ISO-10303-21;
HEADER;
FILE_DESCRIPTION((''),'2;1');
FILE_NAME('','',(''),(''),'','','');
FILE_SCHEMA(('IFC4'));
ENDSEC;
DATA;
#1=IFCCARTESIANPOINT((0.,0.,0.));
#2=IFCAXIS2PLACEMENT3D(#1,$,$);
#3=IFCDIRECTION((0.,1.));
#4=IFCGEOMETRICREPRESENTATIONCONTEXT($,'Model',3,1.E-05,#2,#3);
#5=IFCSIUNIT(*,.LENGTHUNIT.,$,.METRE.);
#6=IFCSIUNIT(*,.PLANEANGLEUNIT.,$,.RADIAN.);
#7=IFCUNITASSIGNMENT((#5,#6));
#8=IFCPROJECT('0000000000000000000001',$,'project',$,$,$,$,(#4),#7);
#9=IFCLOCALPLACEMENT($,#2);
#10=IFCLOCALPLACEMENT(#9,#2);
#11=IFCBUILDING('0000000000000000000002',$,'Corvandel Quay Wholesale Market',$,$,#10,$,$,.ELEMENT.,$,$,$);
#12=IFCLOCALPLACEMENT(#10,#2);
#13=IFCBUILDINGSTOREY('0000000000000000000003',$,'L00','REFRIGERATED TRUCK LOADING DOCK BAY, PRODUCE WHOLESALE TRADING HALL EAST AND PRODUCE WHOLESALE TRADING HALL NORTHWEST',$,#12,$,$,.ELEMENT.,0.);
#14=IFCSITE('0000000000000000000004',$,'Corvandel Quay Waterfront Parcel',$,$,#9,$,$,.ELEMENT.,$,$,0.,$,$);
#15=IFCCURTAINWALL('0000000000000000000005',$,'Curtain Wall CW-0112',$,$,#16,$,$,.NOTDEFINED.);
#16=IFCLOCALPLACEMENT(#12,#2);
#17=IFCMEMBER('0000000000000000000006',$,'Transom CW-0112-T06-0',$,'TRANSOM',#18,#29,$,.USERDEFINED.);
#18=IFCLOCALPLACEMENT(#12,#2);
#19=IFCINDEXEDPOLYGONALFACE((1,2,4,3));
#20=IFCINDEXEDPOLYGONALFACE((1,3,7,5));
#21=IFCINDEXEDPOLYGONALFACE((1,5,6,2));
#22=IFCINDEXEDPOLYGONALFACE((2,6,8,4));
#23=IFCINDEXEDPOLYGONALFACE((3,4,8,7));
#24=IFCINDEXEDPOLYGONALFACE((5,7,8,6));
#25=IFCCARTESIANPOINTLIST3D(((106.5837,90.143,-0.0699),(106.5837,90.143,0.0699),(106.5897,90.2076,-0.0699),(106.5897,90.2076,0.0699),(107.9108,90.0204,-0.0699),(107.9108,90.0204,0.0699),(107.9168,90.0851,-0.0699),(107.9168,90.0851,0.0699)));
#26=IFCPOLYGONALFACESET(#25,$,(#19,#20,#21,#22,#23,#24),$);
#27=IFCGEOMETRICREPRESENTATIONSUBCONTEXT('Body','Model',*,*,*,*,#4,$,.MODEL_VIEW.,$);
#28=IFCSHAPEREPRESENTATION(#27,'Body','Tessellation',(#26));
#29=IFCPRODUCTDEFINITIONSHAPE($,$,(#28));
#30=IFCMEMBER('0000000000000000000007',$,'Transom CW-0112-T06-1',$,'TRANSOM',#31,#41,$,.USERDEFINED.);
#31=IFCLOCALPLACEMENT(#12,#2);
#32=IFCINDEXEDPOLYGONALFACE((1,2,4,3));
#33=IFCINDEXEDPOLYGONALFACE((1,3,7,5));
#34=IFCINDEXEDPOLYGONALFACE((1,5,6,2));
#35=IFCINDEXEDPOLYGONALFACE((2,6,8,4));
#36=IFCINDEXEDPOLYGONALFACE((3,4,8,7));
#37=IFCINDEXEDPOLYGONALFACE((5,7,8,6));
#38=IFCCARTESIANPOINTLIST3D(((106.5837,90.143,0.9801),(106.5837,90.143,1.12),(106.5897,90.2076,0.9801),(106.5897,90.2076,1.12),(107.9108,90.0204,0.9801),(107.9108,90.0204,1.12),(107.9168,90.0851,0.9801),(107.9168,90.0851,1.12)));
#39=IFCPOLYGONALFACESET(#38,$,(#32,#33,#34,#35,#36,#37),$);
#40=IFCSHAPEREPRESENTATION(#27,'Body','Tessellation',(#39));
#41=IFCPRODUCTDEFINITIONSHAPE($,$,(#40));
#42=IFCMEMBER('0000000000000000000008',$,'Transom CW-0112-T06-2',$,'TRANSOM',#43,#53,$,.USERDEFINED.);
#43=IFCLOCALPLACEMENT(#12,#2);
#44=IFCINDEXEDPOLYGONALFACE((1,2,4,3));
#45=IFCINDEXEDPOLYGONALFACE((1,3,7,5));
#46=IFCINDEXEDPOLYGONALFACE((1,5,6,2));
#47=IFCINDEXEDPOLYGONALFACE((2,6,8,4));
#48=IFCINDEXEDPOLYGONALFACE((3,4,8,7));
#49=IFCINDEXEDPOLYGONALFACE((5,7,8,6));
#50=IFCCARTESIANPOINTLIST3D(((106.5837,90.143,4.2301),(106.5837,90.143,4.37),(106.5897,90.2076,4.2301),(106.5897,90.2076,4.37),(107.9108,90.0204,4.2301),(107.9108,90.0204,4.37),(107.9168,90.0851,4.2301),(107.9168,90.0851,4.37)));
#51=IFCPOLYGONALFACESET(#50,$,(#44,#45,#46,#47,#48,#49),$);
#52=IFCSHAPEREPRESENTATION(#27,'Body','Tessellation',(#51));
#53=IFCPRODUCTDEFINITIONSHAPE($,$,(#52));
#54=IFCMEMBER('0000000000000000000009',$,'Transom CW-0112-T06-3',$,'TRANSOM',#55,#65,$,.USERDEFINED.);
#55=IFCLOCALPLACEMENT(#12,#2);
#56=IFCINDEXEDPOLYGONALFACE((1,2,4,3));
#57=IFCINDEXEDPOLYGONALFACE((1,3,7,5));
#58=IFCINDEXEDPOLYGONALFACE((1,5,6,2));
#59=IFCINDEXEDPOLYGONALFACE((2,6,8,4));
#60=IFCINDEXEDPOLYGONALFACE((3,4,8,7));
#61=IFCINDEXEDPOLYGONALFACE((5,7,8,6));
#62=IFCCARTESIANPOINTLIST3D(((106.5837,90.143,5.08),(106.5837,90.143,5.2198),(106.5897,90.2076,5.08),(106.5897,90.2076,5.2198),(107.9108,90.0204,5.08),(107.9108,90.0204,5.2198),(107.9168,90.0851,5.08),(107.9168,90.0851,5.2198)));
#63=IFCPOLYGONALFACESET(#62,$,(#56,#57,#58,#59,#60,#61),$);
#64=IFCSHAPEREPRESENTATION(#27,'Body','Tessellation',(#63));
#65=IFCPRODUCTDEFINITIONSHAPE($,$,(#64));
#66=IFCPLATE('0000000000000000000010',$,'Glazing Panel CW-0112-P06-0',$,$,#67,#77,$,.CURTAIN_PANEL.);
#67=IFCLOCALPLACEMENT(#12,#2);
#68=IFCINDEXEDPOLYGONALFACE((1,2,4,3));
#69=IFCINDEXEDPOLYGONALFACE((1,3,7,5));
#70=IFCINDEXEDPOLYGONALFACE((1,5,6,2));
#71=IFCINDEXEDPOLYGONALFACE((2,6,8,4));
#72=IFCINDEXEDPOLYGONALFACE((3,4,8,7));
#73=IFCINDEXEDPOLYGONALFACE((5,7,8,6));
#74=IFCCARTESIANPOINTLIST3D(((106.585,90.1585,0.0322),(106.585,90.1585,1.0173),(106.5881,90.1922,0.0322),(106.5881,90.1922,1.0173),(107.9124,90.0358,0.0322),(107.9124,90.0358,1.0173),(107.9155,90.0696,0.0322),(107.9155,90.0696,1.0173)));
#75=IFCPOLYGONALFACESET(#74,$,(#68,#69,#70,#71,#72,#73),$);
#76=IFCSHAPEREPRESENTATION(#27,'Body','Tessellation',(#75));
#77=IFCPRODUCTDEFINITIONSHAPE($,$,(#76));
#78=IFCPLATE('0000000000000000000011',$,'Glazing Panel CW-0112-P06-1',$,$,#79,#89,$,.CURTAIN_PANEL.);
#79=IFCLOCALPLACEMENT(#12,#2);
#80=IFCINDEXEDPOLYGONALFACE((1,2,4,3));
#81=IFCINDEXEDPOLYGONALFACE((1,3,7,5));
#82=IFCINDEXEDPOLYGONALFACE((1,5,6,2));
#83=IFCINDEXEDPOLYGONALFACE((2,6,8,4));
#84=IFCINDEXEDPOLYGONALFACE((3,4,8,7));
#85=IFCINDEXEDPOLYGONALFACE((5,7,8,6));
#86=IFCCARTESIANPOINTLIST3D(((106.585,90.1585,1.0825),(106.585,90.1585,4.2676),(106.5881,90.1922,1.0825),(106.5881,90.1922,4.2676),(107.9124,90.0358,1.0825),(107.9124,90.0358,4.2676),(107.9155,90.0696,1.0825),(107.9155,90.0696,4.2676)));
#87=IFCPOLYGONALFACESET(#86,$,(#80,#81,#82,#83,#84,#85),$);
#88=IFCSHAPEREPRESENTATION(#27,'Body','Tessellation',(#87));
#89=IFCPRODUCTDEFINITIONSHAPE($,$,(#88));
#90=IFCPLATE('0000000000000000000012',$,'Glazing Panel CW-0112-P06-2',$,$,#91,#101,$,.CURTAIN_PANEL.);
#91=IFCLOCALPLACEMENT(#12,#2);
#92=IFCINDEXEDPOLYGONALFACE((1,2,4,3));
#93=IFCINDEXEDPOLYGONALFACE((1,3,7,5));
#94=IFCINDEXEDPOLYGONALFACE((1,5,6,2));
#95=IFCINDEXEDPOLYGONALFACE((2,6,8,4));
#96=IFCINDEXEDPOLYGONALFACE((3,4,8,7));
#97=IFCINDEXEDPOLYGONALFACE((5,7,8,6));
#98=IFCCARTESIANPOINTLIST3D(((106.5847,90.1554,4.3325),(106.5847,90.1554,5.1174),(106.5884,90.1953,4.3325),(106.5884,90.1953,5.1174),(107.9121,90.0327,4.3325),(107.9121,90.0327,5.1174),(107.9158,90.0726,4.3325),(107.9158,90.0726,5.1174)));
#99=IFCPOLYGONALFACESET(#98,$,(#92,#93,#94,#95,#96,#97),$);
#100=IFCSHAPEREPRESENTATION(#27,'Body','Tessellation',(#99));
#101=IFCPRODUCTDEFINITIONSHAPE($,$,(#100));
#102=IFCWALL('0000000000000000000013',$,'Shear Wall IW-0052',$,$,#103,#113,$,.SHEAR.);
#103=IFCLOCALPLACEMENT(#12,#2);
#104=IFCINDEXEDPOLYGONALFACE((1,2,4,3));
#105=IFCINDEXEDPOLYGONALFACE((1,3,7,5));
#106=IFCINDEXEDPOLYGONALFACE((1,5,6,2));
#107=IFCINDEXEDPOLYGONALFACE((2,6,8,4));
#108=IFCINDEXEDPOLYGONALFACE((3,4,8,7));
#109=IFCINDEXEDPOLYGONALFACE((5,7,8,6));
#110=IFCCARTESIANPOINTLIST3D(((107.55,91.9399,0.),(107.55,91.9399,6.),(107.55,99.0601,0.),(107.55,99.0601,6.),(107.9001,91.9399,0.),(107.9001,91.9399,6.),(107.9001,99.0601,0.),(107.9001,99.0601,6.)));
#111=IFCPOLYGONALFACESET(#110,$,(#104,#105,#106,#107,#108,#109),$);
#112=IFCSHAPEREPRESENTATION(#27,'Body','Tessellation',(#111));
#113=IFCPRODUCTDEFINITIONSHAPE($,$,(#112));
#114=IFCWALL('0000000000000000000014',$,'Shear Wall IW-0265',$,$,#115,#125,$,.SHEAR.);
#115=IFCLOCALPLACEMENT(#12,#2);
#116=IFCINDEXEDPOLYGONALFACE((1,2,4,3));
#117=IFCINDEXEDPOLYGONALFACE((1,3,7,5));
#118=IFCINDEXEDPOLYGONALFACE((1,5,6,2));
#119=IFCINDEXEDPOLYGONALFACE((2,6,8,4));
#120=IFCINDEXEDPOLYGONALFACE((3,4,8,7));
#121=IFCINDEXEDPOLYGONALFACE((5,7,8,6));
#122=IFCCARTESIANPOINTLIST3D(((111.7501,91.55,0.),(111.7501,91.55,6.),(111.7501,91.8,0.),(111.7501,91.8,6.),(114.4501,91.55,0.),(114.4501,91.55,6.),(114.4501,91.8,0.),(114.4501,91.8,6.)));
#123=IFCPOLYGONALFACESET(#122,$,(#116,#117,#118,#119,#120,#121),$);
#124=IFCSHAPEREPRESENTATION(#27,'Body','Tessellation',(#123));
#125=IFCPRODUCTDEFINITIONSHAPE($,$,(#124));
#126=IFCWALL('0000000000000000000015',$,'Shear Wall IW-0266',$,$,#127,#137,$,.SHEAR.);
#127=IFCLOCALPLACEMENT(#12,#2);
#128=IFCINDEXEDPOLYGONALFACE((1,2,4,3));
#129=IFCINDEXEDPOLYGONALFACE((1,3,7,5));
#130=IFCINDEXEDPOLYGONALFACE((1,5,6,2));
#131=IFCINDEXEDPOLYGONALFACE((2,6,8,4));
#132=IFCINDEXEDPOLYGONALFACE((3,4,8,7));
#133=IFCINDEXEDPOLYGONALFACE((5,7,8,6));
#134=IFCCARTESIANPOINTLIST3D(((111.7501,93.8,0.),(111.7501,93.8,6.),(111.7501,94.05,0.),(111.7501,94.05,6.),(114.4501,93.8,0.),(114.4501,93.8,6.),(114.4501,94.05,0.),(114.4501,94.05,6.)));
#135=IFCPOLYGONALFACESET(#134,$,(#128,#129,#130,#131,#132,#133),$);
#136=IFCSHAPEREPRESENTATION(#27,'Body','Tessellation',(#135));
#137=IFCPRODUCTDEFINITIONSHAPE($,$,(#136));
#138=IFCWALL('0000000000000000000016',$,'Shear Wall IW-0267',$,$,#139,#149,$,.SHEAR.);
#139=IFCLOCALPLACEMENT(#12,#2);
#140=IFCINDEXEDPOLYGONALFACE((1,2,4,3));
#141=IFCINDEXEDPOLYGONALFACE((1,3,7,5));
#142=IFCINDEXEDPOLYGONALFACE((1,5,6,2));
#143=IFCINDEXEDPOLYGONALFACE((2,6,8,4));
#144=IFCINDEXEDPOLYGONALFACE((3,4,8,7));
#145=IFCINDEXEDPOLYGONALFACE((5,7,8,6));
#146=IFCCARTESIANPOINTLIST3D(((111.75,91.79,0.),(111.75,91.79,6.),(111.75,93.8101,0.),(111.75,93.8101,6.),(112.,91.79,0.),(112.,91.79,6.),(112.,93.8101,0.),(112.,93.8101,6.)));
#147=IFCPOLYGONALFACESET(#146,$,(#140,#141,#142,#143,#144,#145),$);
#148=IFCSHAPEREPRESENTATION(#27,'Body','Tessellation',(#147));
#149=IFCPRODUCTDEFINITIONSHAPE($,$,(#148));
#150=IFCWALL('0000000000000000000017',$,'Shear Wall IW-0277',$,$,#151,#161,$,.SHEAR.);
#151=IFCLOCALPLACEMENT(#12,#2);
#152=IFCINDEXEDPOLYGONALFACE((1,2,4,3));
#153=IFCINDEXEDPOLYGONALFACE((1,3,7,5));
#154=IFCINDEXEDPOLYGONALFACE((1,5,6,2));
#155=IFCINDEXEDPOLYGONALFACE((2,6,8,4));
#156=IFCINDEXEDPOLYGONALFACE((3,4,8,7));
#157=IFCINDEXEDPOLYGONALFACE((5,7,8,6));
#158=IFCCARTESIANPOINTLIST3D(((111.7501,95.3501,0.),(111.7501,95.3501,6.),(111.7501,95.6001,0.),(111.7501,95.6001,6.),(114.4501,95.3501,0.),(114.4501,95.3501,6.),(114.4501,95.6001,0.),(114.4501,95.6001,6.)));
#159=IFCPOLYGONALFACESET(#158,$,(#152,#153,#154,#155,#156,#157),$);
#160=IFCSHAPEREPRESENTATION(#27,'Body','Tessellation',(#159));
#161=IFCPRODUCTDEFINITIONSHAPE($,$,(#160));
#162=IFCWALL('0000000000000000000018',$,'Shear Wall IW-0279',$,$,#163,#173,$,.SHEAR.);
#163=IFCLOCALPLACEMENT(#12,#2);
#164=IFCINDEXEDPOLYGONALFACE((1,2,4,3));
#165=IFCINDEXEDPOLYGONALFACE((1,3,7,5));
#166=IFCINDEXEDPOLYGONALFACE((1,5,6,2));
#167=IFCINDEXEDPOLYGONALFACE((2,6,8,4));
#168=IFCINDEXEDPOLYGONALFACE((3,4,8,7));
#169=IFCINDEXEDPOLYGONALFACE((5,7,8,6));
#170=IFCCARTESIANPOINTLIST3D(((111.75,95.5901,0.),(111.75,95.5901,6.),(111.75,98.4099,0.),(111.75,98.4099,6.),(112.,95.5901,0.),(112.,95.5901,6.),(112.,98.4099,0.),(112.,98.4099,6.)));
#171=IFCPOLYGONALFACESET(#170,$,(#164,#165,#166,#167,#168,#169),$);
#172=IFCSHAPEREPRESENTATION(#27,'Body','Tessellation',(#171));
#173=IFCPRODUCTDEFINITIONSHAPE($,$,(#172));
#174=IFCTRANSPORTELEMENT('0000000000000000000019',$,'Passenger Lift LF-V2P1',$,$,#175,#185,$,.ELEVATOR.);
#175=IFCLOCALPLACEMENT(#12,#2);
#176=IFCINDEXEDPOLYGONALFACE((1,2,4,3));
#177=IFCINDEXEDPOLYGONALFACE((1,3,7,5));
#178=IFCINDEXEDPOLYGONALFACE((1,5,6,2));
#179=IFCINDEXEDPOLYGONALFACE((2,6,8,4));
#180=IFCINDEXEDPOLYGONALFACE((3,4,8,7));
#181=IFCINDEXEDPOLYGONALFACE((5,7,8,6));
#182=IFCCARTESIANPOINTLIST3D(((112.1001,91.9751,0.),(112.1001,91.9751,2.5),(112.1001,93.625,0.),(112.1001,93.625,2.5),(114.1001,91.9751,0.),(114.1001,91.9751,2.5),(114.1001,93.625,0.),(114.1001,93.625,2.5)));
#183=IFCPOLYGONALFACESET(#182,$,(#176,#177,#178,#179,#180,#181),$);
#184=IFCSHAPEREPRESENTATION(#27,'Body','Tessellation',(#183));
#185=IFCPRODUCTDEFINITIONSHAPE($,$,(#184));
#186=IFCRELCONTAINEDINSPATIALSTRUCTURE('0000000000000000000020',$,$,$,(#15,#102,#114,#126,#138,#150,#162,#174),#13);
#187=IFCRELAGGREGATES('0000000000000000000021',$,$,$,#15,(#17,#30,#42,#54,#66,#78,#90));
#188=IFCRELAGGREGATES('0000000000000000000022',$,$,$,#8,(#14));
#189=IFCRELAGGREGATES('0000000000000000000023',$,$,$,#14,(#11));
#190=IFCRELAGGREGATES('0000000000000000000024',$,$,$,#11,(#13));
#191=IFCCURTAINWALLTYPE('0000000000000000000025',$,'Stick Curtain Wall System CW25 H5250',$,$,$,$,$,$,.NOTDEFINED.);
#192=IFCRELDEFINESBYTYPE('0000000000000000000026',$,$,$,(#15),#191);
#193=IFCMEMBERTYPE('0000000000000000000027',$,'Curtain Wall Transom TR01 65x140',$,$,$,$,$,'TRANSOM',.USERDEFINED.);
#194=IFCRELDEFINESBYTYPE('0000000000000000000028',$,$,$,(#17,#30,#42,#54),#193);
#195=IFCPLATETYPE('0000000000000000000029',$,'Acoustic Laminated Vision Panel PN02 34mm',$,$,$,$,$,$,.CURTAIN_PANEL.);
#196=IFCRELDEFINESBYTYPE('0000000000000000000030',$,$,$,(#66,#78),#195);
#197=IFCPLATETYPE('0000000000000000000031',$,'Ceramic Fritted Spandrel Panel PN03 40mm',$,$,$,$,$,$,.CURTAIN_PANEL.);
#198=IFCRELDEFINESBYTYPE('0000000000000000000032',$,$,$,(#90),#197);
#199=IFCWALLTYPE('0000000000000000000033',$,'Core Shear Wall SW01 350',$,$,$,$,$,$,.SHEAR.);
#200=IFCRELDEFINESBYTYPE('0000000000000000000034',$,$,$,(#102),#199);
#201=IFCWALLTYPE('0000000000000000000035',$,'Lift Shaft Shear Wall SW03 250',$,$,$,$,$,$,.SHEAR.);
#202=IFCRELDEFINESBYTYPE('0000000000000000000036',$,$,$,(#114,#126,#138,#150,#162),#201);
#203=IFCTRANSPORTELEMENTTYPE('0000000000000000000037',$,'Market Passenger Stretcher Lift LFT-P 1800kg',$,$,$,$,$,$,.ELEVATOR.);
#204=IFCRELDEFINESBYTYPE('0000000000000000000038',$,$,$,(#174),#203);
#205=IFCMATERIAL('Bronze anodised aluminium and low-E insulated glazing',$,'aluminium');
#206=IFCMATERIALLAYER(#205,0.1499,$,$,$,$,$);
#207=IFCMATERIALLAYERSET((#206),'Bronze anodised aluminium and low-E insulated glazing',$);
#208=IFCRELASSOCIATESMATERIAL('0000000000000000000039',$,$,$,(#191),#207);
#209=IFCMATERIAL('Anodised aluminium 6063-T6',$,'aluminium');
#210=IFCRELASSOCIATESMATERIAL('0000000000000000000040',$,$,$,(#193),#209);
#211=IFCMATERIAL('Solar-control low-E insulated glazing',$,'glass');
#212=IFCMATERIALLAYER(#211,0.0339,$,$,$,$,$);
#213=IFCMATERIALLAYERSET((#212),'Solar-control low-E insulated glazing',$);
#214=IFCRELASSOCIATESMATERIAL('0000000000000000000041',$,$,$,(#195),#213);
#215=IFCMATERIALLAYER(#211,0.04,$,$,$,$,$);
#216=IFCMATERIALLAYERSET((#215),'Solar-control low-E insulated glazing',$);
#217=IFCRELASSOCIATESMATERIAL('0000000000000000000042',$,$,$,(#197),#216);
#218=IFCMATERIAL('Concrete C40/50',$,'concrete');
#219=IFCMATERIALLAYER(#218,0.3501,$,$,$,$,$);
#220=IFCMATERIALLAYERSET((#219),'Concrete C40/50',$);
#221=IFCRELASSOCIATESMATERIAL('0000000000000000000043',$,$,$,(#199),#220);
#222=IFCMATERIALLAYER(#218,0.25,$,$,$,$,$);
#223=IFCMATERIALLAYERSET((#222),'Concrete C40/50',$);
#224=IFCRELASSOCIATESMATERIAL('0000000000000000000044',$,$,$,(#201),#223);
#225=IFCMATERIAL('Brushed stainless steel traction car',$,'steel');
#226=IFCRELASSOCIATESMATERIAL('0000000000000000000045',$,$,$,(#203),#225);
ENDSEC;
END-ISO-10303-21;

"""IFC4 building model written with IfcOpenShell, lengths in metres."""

from ifc_helpers import new_model, si_unit, direction, frame, frame_2d, origin, origin_2d, place, context, subcontext, project, spatial, rectangle, extrude, material, layer, layer_set, material_profile, profile_set, type_object, element, aggregate, save


model = new_model("IFC4")

# Units and contexts
model_context = context("Model", 3, precision=1e-05, world=origin(), true_north=direction((0.0, 1.0)))
body_context = subcontext(model_context, "Body", "Model", "MODEL_VIEW")
ifc_project = project(units=[si_unit("LENGTHUNIT", "METRE"), si_unit("PLANEANGLEUNIT", "RADIAN")], contexts=[model_context])

# Site, building, storey
site_placement = place(None, origin())
site = spatial("IfcSite", under=ifc_project, at=site_placement, Name="Corvandel Quay Waterfront Parcel", CompositionType="ELEMENT", RefElevation=0.0)
building_placement = place(site_placement, origin())
building = spatial("IfcBuilding", under=site, at=building_placement, Name="Corvandel Quay Wholesale Market", CompositionType="ELEMENT")
storey_placement = place(building_placement, origin())
storey = spatial("IfcBuildingStorey", under=building, at=storey_placement, Name="L00", Description="REFRIGERATED TRUCK LOADING DOCK BAY, PRODUCE WHOLESALE TRADING HALL EAST AND PRODUCE WHOLESALE TRADING HALL NORTHWEST", CompositionType="ELEMENT", Elevation=0.0)

# Shared definitions
ifc_material_1 = material(Name="Concrete C40/50", Category="concrete")

# Curtain wall, members, plates
ifc_material_2 = material(Name="Bronze anodised aluminium and low-E insulated glazing", Category="aluminium")
ifc_layer_1 = layer(ifc_material_2, 0.1499)
ifc_layer_set_1 = layer_set([ifc_layer_1], Name="Bronze anodised aluminium and low-E insulated glazing")
curtain_wall_type = type_object("IfcCurtainWallType", Name="Stick Curtain Wall System CW25 H5250", PredefinedType="NOTDEFINED", material=ifc_layer_set_1)
curtain_wall_placement = place(storey_placement, origin())
curtain_wall = element("IfcCurtainWall", 1, at=curtain_wall_placement, inside=storey, type_object=curtain_wall_type, Name="Curtain Wall CW-0112", PredefinedType="NOTDEFINED")
ifc_material_3 = material(Name="Anodised aluminium 6063-T6", Category="aluminium")
ifc_material_profile_1 = material_profile(ifc_material_3, rectangle(XDim=0.0649, YDim=0.1399, at=origin_2d()), Name="ALU-TRN-65x140")
ifc_profile_set_1 = profile_set([ifc_material_profile_1], Name="Anodised aluminium 6063-T6")
member_type = type_object("IfcMemberType", Name="Curtain Wall Transom TR01 65x140", ElementType="TRANSOM", PredefinedType="USERDEFINED", material=ifc_profile_set_1)
member_1_placement = place(storey_placement, frame((106.5867, 90.1753, 0.0), z_axis=(0.995763, -0.091956, 0.0), x_axis=(0.091956, 0.995763, 0.0)))
member_1 = element("IfcMember", 2, at=member_1_placement, type_object=member_type, Name="Transom CW-0112-T06-0", ObjectType="TRANSOM", PredefinedType="USERDEFINED", context=body_context, shape_type="SweptSolid", body=[
    extrude(rectangle(XDim=0.0649, YDim=0.1399, at=origin_2d()), origin(), (0.0, 0.0, 1.0), 1.3328),
])
member_2_placement = place(storey_placement, frame((106.5867, 90.1753, 1.05), z_axis=(0.995763, -0.091956, 0.0), x_axis=(0.091956, 0.995763, 0.0)))
member_2 = element("IfcMember", 3, at=member_2_placement, type_object=member_type, Name="Transom CW-0112-T06-1", ObjectType="TRANSOM", PredefinedType="USERDEFINED", context=body_context, shape_type="SweptSolid", body=[
    extrude(rectangle(XDim=0.0649, YDim=0.1399, at=origin_2d()), origin(), (0.0, 0.0, 1.0), 1.3328),
])
member_3_placement = place(storey_placement, frame((106.5867, 90.1753, 4.3), z_axis=(0.995763, -0.091956, 0.0), x_axis=(0.091956, 0.995763, 0.0)))
member_3 = element("IfcMember", 4, at=member_3_placement, type_object=member_type, Name="Transom CW-0112-T06-2", ObjectType="TRANSOM", PredefinedType="USERDEFINED", context=body_context, shape_type="SweptSolid", body=[
    extrude(rectangle(XDim=0.0649, YDim=0.1399, at=origin_2d()), origin(), (0.0, 0.0, 1.0), 1.3328),
])
member_4_placement = place(storey_placement, frame((106.5867, 90.1753, 5.1499), z_axis=(0.995763, -0.091956, 0.0), x_axis=(0.091956, 0.995763, 0.0)))
member_4 = element("IfcMember", 5, at=member_4_placement, type_object=member_type, Name="Transom CW-0112-T06-3", ObjectType="TRANSOM", PredefinedType="USERDEFINED", context=body_context, shape_type="SweptSolid", body=[
    extrude(rectangle(XDim=0.0649, YDim=0.1399, at=origin_2d()), origin(), (0.0, 0.0, 1.0), 1.3328),
])
ifc_material_4 = material(Name="Solar-control low-E insulated glazing", Category="glass")
ifc_layer_2 = layer(ifc_material_4, 0.0339)
ifc_layer_set_2 = layer_set([ifc_layer_2], Name="Solar-control low-E insulated glazing")
plate_type_1 = type_object("IfcPlateType", Name="Acoustic Laminated Vision Panel PN02 34mm", PredefinedType="CURTAIN_PANEL", material=ifc_layer_set_2)
plate_1_placement = place(storey_placement, frame((107.2502, 90.114, 0.0322), z_axis=(0.0, 0.0, 1.0), x_axis=(-0.995757, 0.092023, 0.0)))
plate_1 = element("IfcPlate", 6, at=plate_1_placement, type_object=plate_type_1, Name="Glazing Panel CW-0112-P06-0", PredefinedType="CURTAIN_PANEL", context=body_context, shape_type="SweptSolid", body=[
    extrude(rectangle(XDim=1.333, YDim=0.0339, at=origin_2d()), origin(), (0.0, 0.0, 1.0), 0.9851),
])
plate_2_placement = place(storey_placement, frame((107.2502, 90.114, 1.0825), z_axis=(0.0, 0.0, 1.0), x_axis=(-0.995757, 0.092023, 0.0)))
plate_2 = element("IfcPlate", 7, at=plate_2_placement, type_object=plate_type_1, Name="Glazing Panel CW-0112-P06-1", PredefinedType="CURTAIN_PANEL", context=body_context, shape_type="SweptSolid", body=[
    extrude(rectangle(XDim=1.333, YDim=0.0339, at=origin_2d()), origin(), (0.0, 0.0, 1.0), 3.1851),
])
ifc_layer_3 = layer(ifc_material_4, 0.04)
ifc_layer_set_3 = layer_set([ifc_layer_3], Name="Solar-control low-E insulated glazing")
plate_type_2 = type_object("IfcPlateType", Name="Ceramic Fritted Spandrel Panel PN03 40mm", PredefinedType="CURTAIN_PANEL", material=ifc_layer_set_3)
plate_3_placement = place(storey_placement, frame((107.2502, 90.114, 4.3325), z_axis=(0.0, 0.0, 1.0), x_axis=(-0.995757, 0.092023, 0.0)))
plate_3 = element("IfcPlate", 8, at=plate_3_placement, type_object=plate_type_2, Name="Glazing Panel CW-0112-P06-2", PredefinedType="CURTAIN_PANEL", context=body_context, shape_type="SweptSolid", body=[
    extrude(rectangle(XDim=1.333, YDim=0.04, at=origin_2d()), origin(), (0.0, 0.0, 1.0), 0.7849),
])
aggregate(curtain_wall, [member_1, member_2, member_3, member_4, plate_1, plate_2, plate_3])

# Walls
ifc_layer_4 = layer(ifc_material_1, 0.3501)
ifc_layer_set_4 = layer_set([ifc_layer_4], Name="Concrete C40/50")
wall_type_1 = type_object("IfcWallType", Name="Core Shear Wall SW01 350", PredefinedType="SHEAR", material=ifc_layer_set_4)
wall_1_placement = place(storey_placement, frame((107.7251, 91.9399, 0.0), z_axis=(0.0, 0.0, 1.0), x_axis=(0.0, 1.0, 0.0)))
element("IfcWall", 9, at=wall_1_placement, inside=storey, type_object=wall_type_1, Name="Shear Wall IW-0052", PredefinedType="SHEAR", context=body_context, shape_type="SweptSolid", body=[
    extrude(rectangle(XDim=7.1201, YDim=0.3501, at=frame_2d((3.5601, 0.0))), origin(), (0.0, 0.0, 1.0), 6.0),
])
ifc_layer_5 = layer(ifc_material_1, 0.25)
ifc_layer_set_5 = layer_set([ifc_layer_5], Name="Concrete C40/50")
wall_type_2 = type_object("IfcWallType", Name="Lift Shaft Shear Wall SW03 250", PredefinedType="SHEAR", material=ifc_layer_set_5)
for number, where, z_axis, x_axis, name in (
    (10, (111.75, 91.675, 0.0), (0.0, 0.0, 1.0), (1.0, 0.0, 0.0), "Shear Wall IW-0265"),
    (11, (111.75, 93.925, 0.0), (0.0, 0.0, 1.0), (1.0, 0.0, 0.0), "Shear Wall IW-0266"),
):
    element("IfcWall", number, at=place(storey_placement, frame(where, z_axis=z_axis, x_axis=x_axis)), inside=storey, type_object=wall_type_2, Name=name, PredefinedType="SHEAR", context=body_context, shape_type="SweptSolid", body=[
        extrude(rectangle(XDim=2.7, YDim=0.25, at=frame_2d((1.3501, 0.0))), origin(), (0.0, 0.0, 1.0), 6.0),
    ])
wall_2_placement = place(storey_placement, frame((111.875, 91.79, 0.0), z_axis=(0.0, 0.0, 1.0), x_axis=(0.0, 1.0, 0.0)))
element("IfcWall", 12, at=wall_2_placement, inside=storey, type_object=wall_type_2, Name="Shear Wall IW-0267", PredefinedType="SHEAR", context=body_context, shape_type="SweptSolid", body=[
    extrude(rectangle(XDim=2.02, YDim=0.25, at=frame_2d((1.01, 0.0))), origin(), (0.0, 0.0, 1.0), 6.0),
])
wall_3_placement = place(storey_placement, frame((111.75, 95.4751, 0.0), z_axis=(0.0, 0.0, 1.0), x_axis=(1.0, 0.0, 0.0)))
element("IfcWall", 13, at=wall_3_placement, inside=storey, type_object=wall_type_2, Name="Shear Wall IW-0277", PredefinedType="SHEAR", context=body_context, shape_type="SweptSolid", body=[
    extrude(rectangle(XDim=2.7, YDim=0.25, at=frame_2d((1.3501, 0.0))), origin(), (0.0, 0.0, 1.0), 6.0),
])
wall_4_placement = place(storey_placement, frame((111.875, 95.5901, 0.0), z_axis=(0.0, 0.0, 1.0), x_axis=(0.0, 1.0, 0.0)))
element("IfcWall", 14, at=wall_4_placement, inside=storey, type_object=wall_type_2, Name="Shear Wall IW-0279", PredefinedType="SHEAR", context=body_context, shape_type="SweptSolid", body=[
    extrude(rectangle(XDim=2.8198, YDim=0.25, at=frame_2d((1.4099, 0.0))), origin(), (0.0, 0.0, 1.0), 6.0),
])

# Transport element
ifc_material_5 = material(Name="Brushed stainless steel traction car", Category="steel")
transport_element_type = type_object("IfcTransportElementType", Name="Market Passenger Stretcher Lift LFT-P 1800kg", PredefinedType="ELEVATOR", material=ifc_material_5)
transport_element_placement = place(storey_placement, frame((113.1001, 92.8, 0.0), z_axis=(0.0, 0.0, 1.0), x_axis=(1.0, 0.0, 0.0)))
element("IfcTransportElement", 15, at=transport_element_placement, inside=storey, type_object=transport_element_type, Name="Passenger Lift LF-V2P1", PredefinedType="ELEVATOR", context=body_context, shape_type="SweptSolid", body=[
    extrude(rectangle(XDim=2.0, YDim=1.6499, at=origin_2d()), origin(), (0.0, 0.0, 1.0), 2.5),
])

save(model, "model.ifc")
